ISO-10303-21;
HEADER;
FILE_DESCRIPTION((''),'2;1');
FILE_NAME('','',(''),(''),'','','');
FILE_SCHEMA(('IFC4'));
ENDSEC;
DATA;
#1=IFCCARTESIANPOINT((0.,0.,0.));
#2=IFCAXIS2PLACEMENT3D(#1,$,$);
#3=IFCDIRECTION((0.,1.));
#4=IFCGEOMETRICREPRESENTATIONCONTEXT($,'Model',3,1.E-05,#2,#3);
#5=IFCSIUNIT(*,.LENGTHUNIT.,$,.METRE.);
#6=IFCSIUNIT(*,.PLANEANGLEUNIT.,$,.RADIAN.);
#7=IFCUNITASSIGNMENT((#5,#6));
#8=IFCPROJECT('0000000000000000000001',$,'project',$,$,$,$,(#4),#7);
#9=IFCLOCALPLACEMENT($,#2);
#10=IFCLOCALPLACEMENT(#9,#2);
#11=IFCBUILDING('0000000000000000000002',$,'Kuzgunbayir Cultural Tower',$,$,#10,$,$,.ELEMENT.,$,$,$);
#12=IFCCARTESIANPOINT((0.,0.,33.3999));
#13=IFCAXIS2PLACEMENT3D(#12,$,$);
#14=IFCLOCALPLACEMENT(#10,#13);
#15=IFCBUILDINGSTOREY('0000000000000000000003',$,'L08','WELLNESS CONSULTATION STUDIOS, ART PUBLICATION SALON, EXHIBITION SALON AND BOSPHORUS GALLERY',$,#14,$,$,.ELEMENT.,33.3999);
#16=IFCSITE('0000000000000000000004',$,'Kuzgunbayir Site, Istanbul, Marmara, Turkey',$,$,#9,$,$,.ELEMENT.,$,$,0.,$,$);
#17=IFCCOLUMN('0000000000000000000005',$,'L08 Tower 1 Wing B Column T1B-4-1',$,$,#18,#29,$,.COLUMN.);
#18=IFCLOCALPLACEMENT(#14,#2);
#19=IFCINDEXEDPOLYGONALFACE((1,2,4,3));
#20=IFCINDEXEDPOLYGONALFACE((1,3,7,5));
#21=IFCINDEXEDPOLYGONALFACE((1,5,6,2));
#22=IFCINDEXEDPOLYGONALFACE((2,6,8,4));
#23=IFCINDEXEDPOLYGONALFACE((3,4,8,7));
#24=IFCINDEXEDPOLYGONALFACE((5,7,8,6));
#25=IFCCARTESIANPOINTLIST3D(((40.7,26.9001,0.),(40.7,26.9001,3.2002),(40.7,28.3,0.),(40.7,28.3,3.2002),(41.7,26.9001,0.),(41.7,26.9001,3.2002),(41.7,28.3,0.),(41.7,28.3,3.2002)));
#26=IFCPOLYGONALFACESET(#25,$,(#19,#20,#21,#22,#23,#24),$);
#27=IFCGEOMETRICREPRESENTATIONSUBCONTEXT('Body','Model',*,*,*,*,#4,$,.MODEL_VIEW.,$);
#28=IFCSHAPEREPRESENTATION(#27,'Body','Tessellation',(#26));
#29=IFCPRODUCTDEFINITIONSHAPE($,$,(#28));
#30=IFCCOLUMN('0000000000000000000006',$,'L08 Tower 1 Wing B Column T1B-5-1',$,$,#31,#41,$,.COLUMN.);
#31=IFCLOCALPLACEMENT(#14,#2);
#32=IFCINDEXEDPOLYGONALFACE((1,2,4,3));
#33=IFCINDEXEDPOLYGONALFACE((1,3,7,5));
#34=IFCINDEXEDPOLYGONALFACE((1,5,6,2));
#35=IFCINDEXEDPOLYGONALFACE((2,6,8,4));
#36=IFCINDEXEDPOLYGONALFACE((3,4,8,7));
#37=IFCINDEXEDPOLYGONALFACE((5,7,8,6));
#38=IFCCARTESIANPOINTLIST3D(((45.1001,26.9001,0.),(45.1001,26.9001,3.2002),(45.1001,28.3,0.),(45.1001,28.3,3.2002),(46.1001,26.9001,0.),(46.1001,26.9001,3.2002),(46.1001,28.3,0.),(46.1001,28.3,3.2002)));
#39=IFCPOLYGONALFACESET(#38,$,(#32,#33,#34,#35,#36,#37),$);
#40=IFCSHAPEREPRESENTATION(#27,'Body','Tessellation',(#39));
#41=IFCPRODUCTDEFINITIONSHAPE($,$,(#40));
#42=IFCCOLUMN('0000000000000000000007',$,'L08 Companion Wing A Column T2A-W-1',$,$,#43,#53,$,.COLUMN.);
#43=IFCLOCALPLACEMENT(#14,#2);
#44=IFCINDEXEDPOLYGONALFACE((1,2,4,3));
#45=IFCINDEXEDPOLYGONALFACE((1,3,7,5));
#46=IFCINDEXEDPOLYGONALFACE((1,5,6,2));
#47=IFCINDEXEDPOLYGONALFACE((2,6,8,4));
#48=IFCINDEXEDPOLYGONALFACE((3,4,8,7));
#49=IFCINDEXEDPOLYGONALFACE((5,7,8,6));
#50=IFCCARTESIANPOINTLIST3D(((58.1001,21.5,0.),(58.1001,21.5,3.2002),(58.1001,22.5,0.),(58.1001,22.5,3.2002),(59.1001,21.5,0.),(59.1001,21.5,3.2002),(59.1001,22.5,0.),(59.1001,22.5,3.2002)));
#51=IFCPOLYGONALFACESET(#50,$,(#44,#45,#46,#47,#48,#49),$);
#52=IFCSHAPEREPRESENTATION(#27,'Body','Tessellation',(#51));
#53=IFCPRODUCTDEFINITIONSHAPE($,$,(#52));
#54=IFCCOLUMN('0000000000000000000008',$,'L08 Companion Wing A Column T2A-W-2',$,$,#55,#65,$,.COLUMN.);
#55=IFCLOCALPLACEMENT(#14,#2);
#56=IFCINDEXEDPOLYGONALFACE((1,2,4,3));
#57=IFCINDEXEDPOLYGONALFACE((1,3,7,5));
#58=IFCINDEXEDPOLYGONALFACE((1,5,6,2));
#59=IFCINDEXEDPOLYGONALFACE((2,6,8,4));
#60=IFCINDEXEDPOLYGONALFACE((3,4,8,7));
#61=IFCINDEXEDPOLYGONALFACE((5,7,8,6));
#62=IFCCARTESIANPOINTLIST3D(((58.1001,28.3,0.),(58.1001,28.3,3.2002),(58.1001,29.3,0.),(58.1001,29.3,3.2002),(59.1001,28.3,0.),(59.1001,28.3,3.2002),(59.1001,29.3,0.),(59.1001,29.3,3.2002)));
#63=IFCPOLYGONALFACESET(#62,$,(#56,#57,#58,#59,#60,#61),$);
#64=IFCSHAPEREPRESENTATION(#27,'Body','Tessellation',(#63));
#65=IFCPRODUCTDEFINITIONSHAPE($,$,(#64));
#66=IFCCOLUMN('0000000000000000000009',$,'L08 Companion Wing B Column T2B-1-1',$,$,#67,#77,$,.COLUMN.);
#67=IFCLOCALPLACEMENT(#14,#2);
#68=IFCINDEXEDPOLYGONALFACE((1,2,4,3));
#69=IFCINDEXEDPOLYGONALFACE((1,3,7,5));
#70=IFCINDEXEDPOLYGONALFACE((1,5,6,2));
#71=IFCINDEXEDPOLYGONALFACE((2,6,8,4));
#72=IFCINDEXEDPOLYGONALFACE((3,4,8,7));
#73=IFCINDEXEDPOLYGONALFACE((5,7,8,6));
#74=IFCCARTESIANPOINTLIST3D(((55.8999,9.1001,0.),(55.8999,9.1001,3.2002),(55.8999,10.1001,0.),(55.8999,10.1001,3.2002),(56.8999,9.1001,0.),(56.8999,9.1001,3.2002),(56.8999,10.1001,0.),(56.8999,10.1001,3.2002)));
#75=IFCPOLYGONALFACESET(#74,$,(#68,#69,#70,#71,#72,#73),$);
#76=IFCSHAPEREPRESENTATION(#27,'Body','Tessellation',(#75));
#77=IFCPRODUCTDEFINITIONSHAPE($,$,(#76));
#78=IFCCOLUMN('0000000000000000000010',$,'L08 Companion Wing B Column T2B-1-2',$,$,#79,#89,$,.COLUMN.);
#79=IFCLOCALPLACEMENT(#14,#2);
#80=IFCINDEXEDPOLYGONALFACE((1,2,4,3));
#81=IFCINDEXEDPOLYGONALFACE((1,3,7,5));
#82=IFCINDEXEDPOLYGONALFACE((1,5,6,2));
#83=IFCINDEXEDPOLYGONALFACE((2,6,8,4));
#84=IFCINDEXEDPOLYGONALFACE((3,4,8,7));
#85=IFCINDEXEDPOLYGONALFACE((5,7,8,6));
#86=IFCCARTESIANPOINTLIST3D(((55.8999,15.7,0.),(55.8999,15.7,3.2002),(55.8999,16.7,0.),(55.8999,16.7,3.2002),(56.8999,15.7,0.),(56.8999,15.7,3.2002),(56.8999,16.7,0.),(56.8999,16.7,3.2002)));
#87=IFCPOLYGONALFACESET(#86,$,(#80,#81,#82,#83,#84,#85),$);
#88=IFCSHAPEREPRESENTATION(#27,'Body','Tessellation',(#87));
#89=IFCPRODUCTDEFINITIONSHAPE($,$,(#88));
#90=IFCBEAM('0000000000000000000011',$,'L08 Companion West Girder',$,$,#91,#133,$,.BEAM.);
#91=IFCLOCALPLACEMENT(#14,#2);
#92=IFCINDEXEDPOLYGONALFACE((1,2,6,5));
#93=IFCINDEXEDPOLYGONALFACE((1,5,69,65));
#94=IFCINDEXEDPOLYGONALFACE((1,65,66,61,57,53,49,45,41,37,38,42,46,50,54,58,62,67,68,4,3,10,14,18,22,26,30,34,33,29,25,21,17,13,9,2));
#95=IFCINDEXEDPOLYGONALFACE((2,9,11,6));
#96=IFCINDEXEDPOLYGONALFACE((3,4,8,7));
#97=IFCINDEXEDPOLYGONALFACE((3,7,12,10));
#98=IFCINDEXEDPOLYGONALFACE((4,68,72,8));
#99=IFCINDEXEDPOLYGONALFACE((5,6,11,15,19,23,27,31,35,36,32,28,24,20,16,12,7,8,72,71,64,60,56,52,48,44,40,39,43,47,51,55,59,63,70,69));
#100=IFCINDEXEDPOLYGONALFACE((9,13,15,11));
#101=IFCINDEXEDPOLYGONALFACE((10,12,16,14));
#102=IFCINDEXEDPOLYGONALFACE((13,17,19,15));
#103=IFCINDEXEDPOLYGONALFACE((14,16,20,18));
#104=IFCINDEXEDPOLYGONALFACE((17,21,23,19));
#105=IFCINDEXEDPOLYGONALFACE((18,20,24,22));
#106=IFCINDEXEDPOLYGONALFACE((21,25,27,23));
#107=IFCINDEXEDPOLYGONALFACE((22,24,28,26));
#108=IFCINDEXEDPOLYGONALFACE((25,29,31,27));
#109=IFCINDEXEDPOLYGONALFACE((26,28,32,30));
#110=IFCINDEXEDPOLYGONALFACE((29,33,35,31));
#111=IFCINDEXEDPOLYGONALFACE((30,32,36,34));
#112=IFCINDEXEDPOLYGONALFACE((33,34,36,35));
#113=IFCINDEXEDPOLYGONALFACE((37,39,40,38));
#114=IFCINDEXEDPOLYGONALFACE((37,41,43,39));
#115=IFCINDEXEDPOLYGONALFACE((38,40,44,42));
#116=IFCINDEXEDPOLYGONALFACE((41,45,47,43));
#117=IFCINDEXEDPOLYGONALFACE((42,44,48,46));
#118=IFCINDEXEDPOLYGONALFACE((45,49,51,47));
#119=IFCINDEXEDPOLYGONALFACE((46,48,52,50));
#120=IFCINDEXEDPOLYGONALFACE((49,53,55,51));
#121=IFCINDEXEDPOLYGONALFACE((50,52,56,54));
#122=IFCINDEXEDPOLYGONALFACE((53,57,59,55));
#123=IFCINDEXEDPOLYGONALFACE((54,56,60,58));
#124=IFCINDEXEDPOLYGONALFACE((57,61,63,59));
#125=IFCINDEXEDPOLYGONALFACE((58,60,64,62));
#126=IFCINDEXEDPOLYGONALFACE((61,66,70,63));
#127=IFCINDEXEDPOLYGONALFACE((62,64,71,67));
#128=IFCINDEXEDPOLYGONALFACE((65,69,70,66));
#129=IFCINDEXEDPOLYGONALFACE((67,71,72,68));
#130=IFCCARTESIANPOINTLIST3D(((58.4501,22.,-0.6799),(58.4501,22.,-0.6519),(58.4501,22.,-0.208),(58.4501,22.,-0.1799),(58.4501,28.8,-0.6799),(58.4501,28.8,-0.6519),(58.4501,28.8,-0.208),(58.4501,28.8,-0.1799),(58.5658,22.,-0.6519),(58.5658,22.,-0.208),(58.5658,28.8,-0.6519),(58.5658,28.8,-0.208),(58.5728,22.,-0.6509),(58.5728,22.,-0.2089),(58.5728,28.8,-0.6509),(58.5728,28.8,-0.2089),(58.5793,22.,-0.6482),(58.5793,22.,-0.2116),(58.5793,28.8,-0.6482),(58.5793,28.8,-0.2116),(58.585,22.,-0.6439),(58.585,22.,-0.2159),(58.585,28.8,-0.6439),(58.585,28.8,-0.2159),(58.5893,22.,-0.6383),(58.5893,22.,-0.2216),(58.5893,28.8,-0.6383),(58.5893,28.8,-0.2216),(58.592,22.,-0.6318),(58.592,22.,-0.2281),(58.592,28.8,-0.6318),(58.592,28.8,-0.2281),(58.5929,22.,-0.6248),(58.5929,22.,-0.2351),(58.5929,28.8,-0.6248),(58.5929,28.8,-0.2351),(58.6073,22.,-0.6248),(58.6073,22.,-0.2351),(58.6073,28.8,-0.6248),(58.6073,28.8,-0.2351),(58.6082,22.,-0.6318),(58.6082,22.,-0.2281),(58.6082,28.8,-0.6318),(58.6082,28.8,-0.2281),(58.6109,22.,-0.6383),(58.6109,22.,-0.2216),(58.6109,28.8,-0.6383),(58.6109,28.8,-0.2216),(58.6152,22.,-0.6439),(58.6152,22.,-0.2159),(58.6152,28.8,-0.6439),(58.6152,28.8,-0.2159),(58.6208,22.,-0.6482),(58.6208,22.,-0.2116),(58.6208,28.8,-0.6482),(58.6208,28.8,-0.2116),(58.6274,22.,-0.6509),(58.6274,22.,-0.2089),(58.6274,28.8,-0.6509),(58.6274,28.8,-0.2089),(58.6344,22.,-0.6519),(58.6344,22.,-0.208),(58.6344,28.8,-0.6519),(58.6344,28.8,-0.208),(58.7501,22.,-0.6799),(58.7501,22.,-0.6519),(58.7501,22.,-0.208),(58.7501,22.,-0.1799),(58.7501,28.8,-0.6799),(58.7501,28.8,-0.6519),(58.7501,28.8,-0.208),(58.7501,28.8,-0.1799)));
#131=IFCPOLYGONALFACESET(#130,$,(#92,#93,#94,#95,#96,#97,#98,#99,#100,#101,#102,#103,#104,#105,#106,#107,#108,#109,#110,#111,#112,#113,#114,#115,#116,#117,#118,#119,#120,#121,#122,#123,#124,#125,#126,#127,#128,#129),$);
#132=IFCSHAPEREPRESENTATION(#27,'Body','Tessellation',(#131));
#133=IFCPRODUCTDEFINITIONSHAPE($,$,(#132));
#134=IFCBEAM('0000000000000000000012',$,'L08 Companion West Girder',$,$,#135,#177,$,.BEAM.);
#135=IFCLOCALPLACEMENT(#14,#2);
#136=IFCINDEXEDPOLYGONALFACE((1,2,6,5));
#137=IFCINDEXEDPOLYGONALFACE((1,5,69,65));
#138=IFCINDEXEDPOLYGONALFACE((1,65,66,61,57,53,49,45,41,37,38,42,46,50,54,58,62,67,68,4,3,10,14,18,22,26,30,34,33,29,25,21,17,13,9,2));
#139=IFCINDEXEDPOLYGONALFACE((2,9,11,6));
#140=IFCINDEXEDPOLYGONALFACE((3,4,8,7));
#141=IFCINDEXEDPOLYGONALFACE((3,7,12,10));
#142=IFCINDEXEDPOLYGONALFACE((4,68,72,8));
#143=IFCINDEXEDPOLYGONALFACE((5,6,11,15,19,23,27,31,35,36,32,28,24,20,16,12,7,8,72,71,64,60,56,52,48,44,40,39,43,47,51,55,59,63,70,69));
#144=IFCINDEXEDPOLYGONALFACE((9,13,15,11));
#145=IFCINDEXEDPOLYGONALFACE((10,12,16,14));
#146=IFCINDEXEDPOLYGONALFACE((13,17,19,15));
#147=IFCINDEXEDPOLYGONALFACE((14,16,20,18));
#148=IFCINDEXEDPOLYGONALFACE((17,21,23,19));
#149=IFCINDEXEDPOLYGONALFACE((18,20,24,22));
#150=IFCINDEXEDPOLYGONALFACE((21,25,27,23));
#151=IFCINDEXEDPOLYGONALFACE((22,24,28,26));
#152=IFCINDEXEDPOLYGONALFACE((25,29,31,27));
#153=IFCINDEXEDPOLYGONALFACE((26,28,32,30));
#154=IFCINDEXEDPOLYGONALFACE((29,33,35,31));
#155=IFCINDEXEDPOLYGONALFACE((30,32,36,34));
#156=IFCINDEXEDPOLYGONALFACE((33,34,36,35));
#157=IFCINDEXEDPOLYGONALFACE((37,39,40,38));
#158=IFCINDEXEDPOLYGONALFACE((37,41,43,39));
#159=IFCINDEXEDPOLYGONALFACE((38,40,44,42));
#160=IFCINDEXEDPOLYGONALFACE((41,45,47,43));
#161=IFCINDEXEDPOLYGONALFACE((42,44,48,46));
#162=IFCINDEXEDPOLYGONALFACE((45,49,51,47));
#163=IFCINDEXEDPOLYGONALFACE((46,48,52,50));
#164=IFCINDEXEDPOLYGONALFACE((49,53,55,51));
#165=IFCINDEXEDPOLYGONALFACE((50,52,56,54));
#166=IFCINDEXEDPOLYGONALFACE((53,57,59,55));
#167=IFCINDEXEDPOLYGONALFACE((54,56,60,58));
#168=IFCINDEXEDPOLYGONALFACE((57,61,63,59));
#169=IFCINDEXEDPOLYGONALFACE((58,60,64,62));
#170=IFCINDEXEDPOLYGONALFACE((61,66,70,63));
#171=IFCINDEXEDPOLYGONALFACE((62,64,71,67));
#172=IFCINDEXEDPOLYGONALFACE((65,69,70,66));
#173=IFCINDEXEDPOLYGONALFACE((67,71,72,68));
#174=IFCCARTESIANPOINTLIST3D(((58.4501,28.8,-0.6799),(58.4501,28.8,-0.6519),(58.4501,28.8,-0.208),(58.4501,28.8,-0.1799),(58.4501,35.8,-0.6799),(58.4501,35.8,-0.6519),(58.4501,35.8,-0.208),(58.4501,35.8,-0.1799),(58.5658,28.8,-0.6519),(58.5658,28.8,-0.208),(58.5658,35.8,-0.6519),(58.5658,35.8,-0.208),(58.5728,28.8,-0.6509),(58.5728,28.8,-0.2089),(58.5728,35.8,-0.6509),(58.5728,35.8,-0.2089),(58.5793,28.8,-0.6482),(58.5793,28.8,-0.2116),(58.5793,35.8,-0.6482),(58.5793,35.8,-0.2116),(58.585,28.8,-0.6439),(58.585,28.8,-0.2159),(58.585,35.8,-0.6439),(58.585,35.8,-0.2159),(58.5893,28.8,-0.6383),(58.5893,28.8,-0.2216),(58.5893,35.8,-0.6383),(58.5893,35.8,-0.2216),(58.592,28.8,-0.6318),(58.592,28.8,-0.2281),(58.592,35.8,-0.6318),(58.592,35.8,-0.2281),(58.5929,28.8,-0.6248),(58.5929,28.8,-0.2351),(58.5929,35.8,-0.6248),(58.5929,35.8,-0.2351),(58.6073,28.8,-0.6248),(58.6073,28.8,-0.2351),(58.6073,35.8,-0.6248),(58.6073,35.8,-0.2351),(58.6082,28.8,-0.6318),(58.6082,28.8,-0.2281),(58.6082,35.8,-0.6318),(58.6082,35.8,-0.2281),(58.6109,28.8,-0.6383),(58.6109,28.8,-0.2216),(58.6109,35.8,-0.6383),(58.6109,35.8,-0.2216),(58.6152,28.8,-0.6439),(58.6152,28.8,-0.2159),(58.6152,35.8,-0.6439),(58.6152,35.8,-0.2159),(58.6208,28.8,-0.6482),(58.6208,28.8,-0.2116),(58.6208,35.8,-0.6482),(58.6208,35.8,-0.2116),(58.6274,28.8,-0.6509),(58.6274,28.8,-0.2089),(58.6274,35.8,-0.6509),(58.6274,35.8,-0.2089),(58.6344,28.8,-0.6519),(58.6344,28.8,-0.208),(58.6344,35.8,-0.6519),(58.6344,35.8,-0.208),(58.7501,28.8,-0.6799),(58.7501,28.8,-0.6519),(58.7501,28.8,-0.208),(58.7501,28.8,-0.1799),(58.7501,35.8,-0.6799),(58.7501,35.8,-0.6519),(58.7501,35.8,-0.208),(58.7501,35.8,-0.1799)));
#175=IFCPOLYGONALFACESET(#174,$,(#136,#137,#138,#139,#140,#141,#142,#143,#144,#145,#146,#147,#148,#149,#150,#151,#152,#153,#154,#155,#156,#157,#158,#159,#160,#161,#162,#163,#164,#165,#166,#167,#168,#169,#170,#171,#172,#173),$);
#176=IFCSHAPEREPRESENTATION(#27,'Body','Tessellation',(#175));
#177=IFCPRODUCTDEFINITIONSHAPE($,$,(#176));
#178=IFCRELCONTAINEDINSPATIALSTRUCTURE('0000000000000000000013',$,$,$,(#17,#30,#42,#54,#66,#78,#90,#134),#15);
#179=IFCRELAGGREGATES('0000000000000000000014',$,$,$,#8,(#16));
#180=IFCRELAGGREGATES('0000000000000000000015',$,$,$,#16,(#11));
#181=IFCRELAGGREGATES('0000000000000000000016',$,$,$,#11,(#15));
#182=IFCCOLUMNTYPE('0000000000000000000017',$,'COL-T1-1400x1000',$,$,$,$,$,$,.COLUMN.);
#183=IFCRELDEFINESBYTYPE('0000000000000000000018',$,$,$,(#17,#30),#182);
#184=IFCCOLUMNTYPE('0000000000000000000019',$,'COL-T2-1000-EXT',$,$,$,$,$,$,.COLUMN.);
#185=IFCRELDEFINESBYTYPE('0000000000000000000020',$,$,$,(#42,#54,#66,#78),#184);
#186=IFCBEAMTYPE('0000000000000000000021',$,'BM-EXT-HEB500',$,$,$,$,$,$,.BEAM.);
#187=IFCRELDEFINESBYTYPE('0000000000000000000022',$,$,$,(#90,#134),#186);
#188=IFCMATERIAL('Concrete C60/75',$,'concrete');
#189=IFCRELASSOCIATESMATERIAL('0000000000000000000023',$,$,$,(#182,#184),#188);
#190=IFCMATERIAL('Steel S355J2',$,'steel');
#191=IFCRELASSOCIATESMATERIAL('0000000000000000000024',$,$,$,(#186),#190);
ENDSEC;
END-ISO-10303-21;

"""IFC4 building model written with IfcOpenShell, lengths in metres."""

from ifc_helpers import new_model, si_unit, direction, frame, origin, origin_2d, place, context, subcontext, project, spatial, rectangle, i_section, extrude, material, material_profile, profile_set, type_object, element, save


model = new_model("IFC4")

# Units and contexts
model_context = context("Model", 3, precision=1e-05, world=origin(), true_north=direction((0.0, 1.0)))
body_context = subcontext(model_context, "Body", "Model", "MODEL_VIEW")
ifc_project = project(units=[si_unit("LENGTHUNIT", "METRE"), si_unit("PLANEANGLEUNIT", "RADIAN")], contexts=[model_context])

# Site, building, storey
site_placement = place(None, origin())
site = spatial("IfcSite", under=ifc_project, at=site_placement, Name="Kuzgunbayir Site, Istanbul, Marmara, Turkey", CompositionType="ELEMENT", RefElevation=0.0)
building_placement = place(site_placement, origin())
building = spatial("IfcBuilding", under=site, at=building_placement, Name="Kuzgunbayir Cultural Tower", CompositionType="ELEMENT")
storey_placement = place(building_placement, frame((0.0, 0.0, 33.3999)))
storey = spatial("IfcBuildingStorey", under=building, at=storey_placement, Name="L08", Description="WELLNESS CONSULTATION STUDIOS, ART PUBLICATION SALON, EXHIBITION SALON AND BOSPHORUS GALLERY", CompositionType="ELEMENT", Elevation=33.3999)

# Columns
ifc_material_1 = material(Name="Concrete C60/75", Category="concrete")
ifc_material_profile_1 = material_profile(ifc_material_1, rectangle(XDim=1.0, YDim=1.3999, at=origin_2d()), Name="RC 1400x1000")
ifc_profile_set_1 = profile_set([ifc_material_profile_1], Name="Concrete C60/75")
column_type_1 = type_object("IfcColumnType", Name="COL-T1-1400x1000", PredefinedType="COLUMN", material=ifc_profile_set_1)
for number, where, z_axis, x_axis, name in (
    (1, (41.2, 27.6001, 0.0), (0.0, 0.0, 1.0), (1.0, 0.0, 0.0), "L08 Tower 1 Wing B Column T1B-4-1"),
    (2, (45.6001, 27.6001, 0.0), (0.0, 0.0, 1.0), (1.0, 0.0, 0.0), "L08 Tower 1 Wing B Column T1B-5-1"),
):
    element("IfcColumn", number, at=place(storey_placement, frame(where, z_axis=z_axis, x_axis=x_axis)), inside=storey, type_object=column_type_1, Name=name, PredefinedType="COLUMN", context=body_context, shape_type="SweptSolid", body=[
        extrude(rectangle(XDim=1.0, YDim=1.3999, at=origin_2d()), origin(), (0.0, 0.0, 1.0), 3.2002),
    ])
ifc_material_profile_2 = material_profile(ifc_material_1, rectangle(XDim=1.0, YDim=1.0, at=origin_2d()), Name="RC 1000x1000")
ifc_profile_set_2 = profile_set([ifc_material_profile_2], Name="Concrete C60/75")
column_type_2 = type_object("IfcColumnType", Name="COL-T2-1000-EXT", PredefinedType="COLUMN", material=ifc_profile_set_2)
for number, where, z_axis, x_axis, name in (
    (3, (58.6001, 22.0, 0.0), (0.0, 0.0, 1.0), (1.0, 0.0, 0.0), "L08 Companion Wing A Column T2A-W-1"),
    (4, (58.6001, 28.8, 0.0), (0.0, 0.0, 1.0), (1.0, 0.0, 0.0), "L08 Companion Wing A Column T2A-W-2"),
    (5, (56.3999, 9.6001, 0.0), (0.0, 0.0, 1.0), (1.0, 0.0, 0.0), "L08 Companion Wing B Column T2B-1-1"),
    (6, (56.3999, 16.2, 0.0), (0.0, 0.0, 1.0), (1.0, 0.0, 0.0), "L08 Companion Wing B Column T2B-1-2"),
):
    element("IfcColumn", number, at=place(storey_placement, frame(where, z_axis=z_axis, x_axis=x_axis)), inside=storey, type_object=column_type_2, Name=name, PredefinedType="COLUMN", context=body_context, shape_type="SweptSolid", body=[
        extrude(rectangle(XDim=1.0, YDim=1.0, at=origin_2d()), origin(), (0.0, 0.0, 1.0), 3.2002),
    ])

# Beams
ifc_material_2 = material(Name="Steel S355J2", Category="steel")
ifc_material_profile_3 = material_profile(ifc_material_2, i_section(OverallWidth=0.3, OverallDepth=0.5, WebThickness=0.0144, FlangeThickness=0.0281, FilletRadius=0.0271, at=origin_2d()), Name="HEB 500")
ifc_profile_set_3 = profile_set([ifc_material_profile_3], Name="Steel S355J2")
beam_type_1 = type_object("IfcBeamType", Name="BM-EXT-HEB500", PredefinedType="BEAM", material=ifc_profile_set_3)
beam_1_placement = place(storey_placement, frame((58.6001, 22.0, -0.4299), z_axis=(0.0, 1.0, 0.0), x_axis=(-1.0, 0.0, 0.0)))
element("IfcBeam", 7, at=beam_1_placement, inside=storey, type_object=beam_type_1, Name="L08 Companion West Girder", PredefinedType="BEAM", context=body_context, shape_type="SweptSolid", body=[
    extrude(i_section(OverallWidth=0.3, OverallDepth=0.5, WebThickness=0.0144, FlangeThickness=0.0281, FilletRadius=0.0271, at=origin_2d()), origin(), (0.0, 0.0, 1.0), 6.8),
])
beam_2_placement = place(storey_placement, frame((58.6001, 28.8, -0.4299), z_axis=(0.0, 1.0, 0.0), x_axis=(-1.0, 0.0, 0.0)))
element("IfcBeam", 8, at=beam_2_placement, inside=storey, type_object=beam_type_1, Name="L08 Companion West Girder", PredefinedType="BEAM", context=body_context, shape_type="SweptSolid", body=[
    extrude(i_section(OverallWidth=0.3, OverallDepth=0.5, WebThickness=0.0144, FlangeThickness=0.0281, FilletRadius=0.0271, at=origin_2d()), origin(), (0.0, 0.0, 1.0), 7.0),
])

save(model, "model.ifc")
